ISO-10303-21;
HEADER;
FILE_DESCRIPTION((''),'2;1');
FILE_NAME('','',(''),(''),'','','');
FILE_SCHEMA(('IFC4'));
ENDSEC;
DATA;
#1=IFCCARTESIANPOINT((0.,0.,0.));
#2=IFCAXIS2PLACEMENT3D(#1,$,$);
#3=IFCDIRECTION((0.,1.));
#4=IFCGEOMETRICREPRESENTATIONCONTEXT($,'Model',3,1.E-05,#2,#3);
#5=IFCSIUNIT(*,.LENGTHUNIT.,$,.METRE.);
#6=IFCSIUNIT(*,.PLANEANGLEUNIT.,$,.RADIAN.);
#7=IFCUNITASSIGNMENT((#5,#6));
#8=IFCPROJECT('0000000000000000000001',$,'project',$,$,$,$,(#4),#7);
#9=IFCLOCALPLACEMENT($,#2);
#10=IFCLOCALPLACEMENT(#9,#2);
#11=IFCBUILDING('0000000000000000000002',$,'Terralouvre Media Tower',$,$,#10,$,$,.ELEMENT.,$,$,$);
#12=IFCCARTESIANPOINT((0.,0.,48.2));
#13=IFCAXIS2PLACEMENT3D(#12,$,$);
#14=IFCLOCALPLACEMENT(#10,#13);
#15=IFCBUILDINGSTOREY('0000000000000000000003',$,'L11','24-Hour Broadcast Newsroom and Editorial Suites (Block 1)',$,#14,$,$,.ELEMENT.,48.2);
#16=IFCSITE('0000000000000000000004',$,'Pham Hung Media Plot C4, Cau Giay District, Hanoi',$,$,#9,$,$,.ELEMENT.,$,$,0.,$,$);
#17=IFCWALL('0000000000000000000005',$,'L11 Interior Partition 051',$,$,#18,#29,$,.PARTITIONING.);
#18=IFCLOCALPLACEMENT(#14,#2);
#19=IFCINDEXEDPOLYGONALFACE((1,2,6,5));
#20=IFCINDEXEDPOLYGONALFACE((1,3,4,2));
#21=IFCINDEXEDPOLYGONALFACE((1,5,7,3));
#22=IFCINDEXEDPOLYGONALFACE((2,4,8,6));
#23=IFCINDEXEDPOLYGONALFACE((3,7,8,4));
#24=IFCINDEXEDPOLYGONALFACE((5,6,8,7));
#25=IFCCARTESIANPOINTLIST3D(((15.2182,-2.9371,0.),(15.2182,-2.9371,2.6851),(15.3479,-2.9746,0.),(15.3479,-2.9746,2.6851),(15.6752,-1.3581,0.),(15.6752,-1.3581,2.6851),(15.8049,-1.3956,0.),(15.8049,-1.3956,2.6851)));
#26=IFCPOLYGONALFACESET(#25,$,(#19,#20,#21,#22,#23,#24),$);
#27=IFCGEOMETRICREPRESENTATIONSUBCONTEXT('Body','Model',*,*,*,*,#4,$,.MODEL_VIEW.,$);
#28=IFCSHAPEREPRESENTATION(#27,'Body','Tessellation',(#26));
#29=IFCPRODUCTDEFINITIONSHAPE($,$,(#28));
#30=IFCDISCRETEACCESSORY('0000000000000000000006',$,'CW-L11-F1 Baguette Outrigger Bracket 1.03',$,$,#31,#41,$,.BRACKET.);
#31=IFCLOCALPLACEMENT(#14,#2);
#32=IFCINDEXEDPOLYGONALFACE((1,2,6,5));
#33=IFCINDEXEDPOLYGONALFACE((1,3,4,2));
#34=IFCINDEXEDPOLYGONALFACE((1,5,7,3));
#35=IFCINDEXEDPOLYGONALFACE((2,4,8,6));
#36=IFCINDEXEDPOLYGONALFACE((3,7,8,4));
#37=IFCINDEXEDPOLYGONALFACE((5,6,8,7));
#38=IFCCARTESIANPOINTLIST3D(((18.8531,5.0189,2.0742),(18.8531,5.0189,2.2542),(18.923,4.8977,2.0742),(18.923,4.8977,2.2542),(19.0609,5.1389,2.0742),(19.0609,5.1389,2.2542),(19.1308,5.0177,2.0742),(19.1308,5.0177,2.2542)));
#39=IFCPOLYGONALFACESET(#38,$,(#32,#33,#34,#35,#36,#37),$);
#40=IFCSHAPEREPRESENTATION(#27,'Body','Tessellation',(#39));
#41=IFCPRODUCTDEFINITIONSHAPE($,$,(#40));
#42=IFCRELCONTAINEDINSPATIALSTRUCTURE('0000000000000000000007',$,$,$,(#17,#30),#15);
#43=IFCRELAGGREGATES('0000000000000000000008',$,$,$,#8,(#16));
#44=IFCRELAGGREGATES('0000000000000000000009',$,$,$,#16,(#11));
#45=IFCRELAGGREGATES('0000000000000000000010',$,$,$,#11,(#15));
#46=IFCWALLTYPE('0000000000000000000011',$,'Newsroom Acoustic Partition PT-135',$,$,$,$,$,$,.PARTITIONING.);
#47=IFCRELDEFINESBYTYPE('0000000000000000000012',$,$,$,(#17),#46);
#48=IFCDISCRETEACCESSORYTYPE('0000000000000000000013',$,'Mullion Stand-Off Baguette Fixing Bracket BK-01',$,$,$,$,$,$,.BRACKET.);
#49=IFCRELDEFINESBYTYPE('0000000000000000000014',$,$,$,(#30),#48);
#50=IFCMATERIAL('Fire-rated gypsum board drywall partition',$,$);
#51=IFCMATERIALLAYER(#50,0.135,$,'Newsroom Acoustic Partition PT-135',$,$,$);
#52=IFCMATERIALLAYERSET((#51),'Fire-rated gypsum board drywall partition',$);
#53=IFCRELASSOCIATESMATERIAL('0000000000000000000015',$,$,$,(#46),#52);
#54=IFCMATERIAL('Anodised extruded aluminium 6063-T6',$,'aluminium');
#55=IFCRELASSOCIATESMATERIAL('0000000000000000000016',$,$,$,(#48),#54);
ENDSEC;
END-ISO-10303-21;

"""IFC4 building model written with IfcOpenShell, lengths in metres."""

from ifc_helpers import new_model, si_unit, direction, frame, frame_2d, origin, origin_2d, place, context, subcontext, project, spatial, rectangle, extrude, material, layer, layer_set, type_object, element, save


model = new_model("IFC4")

# Units and contexts
model_context = context("Model", 3, precision=1e-05, world=origin(), true_north=direction((0.0, 1.0)))
body_context = subcontext(model_context, "Body", "Model", "MODEL_VIEW")
ifc_project = project(units=[si_unit("LENGTHUNIT", "METRE"), si_unit("PLANEANGLEUNIT", "RADIAN")], contexts=[model_context])

# Site, building, storey
site_placement = place(None, origin())
site = spatial("IfcSite", under=ifc_project, at=site_placement, Name="Pham Hung Media Plot C4, Cau Giay District, Hanoi", CompositionType="ELEMENT", RefElevation=0.0)
building_placement = place(site_placement, origin())
building = spatial("IfcBuilding", under=site, at=building_placement, Name="Terralouvre Media Tower", CompositionType="ELEMENT")
storey_placement = place(building_placement, frame((0.0, 0.0, 48.2)))
storey = spatial("IfcBuildingStorey", under=building, at=storey_placement, Name="L11", Description="24-Hour Broadcast Newsroom and Editorial Suites (Block 1)", CompositionType="ELEMENT", Elevation=48.2)

# Wall
ifc_material_1 = material(Name="Fire-rated gypsum board drywall partition")
ifc_layer_1 = layer(ifc_material_1, 0.135, Name="Newsroom Acoustic Partition PT-135")
ifc_layer_set_1 = layer_set([ifc_layer_1], Name="Fire-rated gypsum board drywall partition")
wall_type_1 = type_object("IfcWallType", Name="Newsroom Acoustic Partition PT-135", PredefinedType="PARTITIONING", material=ifc_layer_set_1)
wall_1_placement = place(storey_placement, frame((15.74, -1.377, 0.0), z_axis=(0.0, 0.0, 1.0), x_axis=(-0.278015, -0.960577, 0.0)))
element("IfcWall", 1, at=wall_1_placement, inside=storey, type_object=wall_type_1, Name="L11 Interior Partition 051", PredefinedType="PARTITIONING", context=body_context, shape_type="SweptSolid", body=[
    extrude(rectangle(XDim=1.6438, YDim=0.135, at=frame_2d((0.8218, 0.0))), origin(), (0.0, 0.0, 1.0), 2.6851),
])

# Discrete accessory
ifc_material_2 = material(Name="Anodised extruded aluminium 6063-T6", Category="aluminium")
discrete_accessory_type = type_object("IfcDiscreteAccessoryType", Name="Mullion Stand-Off Baguette Fixing Bracket BK-01", PredefinedType="BRACKET", material=ifc_material_2)
discrete_accessory_placement = place(storey_placement, frame((18.9919, 5.0183, 2.0742), z_axis=(0.0, 0.0, 1.0), x_axis=(-0.5, 0.866025, 0.0)))
element("IfcDiscreteAccessory", 2, at=discrete_accessory_placement, inside=storey, type_object=discrete_accessory_type, Name="CW-L11-F1 Baguette Outrigger Bracket 1.03", PredefinedType="BRACKET", context=body_context, shape_type="SweptSolid", body=[
    extrude(rectangle(XDim=0.1399, YDim=0.24, at=origin_2d()), origin(), (0.0, 0.0, 1.0), 0.1799),
])

save(model, "model.ifc")
